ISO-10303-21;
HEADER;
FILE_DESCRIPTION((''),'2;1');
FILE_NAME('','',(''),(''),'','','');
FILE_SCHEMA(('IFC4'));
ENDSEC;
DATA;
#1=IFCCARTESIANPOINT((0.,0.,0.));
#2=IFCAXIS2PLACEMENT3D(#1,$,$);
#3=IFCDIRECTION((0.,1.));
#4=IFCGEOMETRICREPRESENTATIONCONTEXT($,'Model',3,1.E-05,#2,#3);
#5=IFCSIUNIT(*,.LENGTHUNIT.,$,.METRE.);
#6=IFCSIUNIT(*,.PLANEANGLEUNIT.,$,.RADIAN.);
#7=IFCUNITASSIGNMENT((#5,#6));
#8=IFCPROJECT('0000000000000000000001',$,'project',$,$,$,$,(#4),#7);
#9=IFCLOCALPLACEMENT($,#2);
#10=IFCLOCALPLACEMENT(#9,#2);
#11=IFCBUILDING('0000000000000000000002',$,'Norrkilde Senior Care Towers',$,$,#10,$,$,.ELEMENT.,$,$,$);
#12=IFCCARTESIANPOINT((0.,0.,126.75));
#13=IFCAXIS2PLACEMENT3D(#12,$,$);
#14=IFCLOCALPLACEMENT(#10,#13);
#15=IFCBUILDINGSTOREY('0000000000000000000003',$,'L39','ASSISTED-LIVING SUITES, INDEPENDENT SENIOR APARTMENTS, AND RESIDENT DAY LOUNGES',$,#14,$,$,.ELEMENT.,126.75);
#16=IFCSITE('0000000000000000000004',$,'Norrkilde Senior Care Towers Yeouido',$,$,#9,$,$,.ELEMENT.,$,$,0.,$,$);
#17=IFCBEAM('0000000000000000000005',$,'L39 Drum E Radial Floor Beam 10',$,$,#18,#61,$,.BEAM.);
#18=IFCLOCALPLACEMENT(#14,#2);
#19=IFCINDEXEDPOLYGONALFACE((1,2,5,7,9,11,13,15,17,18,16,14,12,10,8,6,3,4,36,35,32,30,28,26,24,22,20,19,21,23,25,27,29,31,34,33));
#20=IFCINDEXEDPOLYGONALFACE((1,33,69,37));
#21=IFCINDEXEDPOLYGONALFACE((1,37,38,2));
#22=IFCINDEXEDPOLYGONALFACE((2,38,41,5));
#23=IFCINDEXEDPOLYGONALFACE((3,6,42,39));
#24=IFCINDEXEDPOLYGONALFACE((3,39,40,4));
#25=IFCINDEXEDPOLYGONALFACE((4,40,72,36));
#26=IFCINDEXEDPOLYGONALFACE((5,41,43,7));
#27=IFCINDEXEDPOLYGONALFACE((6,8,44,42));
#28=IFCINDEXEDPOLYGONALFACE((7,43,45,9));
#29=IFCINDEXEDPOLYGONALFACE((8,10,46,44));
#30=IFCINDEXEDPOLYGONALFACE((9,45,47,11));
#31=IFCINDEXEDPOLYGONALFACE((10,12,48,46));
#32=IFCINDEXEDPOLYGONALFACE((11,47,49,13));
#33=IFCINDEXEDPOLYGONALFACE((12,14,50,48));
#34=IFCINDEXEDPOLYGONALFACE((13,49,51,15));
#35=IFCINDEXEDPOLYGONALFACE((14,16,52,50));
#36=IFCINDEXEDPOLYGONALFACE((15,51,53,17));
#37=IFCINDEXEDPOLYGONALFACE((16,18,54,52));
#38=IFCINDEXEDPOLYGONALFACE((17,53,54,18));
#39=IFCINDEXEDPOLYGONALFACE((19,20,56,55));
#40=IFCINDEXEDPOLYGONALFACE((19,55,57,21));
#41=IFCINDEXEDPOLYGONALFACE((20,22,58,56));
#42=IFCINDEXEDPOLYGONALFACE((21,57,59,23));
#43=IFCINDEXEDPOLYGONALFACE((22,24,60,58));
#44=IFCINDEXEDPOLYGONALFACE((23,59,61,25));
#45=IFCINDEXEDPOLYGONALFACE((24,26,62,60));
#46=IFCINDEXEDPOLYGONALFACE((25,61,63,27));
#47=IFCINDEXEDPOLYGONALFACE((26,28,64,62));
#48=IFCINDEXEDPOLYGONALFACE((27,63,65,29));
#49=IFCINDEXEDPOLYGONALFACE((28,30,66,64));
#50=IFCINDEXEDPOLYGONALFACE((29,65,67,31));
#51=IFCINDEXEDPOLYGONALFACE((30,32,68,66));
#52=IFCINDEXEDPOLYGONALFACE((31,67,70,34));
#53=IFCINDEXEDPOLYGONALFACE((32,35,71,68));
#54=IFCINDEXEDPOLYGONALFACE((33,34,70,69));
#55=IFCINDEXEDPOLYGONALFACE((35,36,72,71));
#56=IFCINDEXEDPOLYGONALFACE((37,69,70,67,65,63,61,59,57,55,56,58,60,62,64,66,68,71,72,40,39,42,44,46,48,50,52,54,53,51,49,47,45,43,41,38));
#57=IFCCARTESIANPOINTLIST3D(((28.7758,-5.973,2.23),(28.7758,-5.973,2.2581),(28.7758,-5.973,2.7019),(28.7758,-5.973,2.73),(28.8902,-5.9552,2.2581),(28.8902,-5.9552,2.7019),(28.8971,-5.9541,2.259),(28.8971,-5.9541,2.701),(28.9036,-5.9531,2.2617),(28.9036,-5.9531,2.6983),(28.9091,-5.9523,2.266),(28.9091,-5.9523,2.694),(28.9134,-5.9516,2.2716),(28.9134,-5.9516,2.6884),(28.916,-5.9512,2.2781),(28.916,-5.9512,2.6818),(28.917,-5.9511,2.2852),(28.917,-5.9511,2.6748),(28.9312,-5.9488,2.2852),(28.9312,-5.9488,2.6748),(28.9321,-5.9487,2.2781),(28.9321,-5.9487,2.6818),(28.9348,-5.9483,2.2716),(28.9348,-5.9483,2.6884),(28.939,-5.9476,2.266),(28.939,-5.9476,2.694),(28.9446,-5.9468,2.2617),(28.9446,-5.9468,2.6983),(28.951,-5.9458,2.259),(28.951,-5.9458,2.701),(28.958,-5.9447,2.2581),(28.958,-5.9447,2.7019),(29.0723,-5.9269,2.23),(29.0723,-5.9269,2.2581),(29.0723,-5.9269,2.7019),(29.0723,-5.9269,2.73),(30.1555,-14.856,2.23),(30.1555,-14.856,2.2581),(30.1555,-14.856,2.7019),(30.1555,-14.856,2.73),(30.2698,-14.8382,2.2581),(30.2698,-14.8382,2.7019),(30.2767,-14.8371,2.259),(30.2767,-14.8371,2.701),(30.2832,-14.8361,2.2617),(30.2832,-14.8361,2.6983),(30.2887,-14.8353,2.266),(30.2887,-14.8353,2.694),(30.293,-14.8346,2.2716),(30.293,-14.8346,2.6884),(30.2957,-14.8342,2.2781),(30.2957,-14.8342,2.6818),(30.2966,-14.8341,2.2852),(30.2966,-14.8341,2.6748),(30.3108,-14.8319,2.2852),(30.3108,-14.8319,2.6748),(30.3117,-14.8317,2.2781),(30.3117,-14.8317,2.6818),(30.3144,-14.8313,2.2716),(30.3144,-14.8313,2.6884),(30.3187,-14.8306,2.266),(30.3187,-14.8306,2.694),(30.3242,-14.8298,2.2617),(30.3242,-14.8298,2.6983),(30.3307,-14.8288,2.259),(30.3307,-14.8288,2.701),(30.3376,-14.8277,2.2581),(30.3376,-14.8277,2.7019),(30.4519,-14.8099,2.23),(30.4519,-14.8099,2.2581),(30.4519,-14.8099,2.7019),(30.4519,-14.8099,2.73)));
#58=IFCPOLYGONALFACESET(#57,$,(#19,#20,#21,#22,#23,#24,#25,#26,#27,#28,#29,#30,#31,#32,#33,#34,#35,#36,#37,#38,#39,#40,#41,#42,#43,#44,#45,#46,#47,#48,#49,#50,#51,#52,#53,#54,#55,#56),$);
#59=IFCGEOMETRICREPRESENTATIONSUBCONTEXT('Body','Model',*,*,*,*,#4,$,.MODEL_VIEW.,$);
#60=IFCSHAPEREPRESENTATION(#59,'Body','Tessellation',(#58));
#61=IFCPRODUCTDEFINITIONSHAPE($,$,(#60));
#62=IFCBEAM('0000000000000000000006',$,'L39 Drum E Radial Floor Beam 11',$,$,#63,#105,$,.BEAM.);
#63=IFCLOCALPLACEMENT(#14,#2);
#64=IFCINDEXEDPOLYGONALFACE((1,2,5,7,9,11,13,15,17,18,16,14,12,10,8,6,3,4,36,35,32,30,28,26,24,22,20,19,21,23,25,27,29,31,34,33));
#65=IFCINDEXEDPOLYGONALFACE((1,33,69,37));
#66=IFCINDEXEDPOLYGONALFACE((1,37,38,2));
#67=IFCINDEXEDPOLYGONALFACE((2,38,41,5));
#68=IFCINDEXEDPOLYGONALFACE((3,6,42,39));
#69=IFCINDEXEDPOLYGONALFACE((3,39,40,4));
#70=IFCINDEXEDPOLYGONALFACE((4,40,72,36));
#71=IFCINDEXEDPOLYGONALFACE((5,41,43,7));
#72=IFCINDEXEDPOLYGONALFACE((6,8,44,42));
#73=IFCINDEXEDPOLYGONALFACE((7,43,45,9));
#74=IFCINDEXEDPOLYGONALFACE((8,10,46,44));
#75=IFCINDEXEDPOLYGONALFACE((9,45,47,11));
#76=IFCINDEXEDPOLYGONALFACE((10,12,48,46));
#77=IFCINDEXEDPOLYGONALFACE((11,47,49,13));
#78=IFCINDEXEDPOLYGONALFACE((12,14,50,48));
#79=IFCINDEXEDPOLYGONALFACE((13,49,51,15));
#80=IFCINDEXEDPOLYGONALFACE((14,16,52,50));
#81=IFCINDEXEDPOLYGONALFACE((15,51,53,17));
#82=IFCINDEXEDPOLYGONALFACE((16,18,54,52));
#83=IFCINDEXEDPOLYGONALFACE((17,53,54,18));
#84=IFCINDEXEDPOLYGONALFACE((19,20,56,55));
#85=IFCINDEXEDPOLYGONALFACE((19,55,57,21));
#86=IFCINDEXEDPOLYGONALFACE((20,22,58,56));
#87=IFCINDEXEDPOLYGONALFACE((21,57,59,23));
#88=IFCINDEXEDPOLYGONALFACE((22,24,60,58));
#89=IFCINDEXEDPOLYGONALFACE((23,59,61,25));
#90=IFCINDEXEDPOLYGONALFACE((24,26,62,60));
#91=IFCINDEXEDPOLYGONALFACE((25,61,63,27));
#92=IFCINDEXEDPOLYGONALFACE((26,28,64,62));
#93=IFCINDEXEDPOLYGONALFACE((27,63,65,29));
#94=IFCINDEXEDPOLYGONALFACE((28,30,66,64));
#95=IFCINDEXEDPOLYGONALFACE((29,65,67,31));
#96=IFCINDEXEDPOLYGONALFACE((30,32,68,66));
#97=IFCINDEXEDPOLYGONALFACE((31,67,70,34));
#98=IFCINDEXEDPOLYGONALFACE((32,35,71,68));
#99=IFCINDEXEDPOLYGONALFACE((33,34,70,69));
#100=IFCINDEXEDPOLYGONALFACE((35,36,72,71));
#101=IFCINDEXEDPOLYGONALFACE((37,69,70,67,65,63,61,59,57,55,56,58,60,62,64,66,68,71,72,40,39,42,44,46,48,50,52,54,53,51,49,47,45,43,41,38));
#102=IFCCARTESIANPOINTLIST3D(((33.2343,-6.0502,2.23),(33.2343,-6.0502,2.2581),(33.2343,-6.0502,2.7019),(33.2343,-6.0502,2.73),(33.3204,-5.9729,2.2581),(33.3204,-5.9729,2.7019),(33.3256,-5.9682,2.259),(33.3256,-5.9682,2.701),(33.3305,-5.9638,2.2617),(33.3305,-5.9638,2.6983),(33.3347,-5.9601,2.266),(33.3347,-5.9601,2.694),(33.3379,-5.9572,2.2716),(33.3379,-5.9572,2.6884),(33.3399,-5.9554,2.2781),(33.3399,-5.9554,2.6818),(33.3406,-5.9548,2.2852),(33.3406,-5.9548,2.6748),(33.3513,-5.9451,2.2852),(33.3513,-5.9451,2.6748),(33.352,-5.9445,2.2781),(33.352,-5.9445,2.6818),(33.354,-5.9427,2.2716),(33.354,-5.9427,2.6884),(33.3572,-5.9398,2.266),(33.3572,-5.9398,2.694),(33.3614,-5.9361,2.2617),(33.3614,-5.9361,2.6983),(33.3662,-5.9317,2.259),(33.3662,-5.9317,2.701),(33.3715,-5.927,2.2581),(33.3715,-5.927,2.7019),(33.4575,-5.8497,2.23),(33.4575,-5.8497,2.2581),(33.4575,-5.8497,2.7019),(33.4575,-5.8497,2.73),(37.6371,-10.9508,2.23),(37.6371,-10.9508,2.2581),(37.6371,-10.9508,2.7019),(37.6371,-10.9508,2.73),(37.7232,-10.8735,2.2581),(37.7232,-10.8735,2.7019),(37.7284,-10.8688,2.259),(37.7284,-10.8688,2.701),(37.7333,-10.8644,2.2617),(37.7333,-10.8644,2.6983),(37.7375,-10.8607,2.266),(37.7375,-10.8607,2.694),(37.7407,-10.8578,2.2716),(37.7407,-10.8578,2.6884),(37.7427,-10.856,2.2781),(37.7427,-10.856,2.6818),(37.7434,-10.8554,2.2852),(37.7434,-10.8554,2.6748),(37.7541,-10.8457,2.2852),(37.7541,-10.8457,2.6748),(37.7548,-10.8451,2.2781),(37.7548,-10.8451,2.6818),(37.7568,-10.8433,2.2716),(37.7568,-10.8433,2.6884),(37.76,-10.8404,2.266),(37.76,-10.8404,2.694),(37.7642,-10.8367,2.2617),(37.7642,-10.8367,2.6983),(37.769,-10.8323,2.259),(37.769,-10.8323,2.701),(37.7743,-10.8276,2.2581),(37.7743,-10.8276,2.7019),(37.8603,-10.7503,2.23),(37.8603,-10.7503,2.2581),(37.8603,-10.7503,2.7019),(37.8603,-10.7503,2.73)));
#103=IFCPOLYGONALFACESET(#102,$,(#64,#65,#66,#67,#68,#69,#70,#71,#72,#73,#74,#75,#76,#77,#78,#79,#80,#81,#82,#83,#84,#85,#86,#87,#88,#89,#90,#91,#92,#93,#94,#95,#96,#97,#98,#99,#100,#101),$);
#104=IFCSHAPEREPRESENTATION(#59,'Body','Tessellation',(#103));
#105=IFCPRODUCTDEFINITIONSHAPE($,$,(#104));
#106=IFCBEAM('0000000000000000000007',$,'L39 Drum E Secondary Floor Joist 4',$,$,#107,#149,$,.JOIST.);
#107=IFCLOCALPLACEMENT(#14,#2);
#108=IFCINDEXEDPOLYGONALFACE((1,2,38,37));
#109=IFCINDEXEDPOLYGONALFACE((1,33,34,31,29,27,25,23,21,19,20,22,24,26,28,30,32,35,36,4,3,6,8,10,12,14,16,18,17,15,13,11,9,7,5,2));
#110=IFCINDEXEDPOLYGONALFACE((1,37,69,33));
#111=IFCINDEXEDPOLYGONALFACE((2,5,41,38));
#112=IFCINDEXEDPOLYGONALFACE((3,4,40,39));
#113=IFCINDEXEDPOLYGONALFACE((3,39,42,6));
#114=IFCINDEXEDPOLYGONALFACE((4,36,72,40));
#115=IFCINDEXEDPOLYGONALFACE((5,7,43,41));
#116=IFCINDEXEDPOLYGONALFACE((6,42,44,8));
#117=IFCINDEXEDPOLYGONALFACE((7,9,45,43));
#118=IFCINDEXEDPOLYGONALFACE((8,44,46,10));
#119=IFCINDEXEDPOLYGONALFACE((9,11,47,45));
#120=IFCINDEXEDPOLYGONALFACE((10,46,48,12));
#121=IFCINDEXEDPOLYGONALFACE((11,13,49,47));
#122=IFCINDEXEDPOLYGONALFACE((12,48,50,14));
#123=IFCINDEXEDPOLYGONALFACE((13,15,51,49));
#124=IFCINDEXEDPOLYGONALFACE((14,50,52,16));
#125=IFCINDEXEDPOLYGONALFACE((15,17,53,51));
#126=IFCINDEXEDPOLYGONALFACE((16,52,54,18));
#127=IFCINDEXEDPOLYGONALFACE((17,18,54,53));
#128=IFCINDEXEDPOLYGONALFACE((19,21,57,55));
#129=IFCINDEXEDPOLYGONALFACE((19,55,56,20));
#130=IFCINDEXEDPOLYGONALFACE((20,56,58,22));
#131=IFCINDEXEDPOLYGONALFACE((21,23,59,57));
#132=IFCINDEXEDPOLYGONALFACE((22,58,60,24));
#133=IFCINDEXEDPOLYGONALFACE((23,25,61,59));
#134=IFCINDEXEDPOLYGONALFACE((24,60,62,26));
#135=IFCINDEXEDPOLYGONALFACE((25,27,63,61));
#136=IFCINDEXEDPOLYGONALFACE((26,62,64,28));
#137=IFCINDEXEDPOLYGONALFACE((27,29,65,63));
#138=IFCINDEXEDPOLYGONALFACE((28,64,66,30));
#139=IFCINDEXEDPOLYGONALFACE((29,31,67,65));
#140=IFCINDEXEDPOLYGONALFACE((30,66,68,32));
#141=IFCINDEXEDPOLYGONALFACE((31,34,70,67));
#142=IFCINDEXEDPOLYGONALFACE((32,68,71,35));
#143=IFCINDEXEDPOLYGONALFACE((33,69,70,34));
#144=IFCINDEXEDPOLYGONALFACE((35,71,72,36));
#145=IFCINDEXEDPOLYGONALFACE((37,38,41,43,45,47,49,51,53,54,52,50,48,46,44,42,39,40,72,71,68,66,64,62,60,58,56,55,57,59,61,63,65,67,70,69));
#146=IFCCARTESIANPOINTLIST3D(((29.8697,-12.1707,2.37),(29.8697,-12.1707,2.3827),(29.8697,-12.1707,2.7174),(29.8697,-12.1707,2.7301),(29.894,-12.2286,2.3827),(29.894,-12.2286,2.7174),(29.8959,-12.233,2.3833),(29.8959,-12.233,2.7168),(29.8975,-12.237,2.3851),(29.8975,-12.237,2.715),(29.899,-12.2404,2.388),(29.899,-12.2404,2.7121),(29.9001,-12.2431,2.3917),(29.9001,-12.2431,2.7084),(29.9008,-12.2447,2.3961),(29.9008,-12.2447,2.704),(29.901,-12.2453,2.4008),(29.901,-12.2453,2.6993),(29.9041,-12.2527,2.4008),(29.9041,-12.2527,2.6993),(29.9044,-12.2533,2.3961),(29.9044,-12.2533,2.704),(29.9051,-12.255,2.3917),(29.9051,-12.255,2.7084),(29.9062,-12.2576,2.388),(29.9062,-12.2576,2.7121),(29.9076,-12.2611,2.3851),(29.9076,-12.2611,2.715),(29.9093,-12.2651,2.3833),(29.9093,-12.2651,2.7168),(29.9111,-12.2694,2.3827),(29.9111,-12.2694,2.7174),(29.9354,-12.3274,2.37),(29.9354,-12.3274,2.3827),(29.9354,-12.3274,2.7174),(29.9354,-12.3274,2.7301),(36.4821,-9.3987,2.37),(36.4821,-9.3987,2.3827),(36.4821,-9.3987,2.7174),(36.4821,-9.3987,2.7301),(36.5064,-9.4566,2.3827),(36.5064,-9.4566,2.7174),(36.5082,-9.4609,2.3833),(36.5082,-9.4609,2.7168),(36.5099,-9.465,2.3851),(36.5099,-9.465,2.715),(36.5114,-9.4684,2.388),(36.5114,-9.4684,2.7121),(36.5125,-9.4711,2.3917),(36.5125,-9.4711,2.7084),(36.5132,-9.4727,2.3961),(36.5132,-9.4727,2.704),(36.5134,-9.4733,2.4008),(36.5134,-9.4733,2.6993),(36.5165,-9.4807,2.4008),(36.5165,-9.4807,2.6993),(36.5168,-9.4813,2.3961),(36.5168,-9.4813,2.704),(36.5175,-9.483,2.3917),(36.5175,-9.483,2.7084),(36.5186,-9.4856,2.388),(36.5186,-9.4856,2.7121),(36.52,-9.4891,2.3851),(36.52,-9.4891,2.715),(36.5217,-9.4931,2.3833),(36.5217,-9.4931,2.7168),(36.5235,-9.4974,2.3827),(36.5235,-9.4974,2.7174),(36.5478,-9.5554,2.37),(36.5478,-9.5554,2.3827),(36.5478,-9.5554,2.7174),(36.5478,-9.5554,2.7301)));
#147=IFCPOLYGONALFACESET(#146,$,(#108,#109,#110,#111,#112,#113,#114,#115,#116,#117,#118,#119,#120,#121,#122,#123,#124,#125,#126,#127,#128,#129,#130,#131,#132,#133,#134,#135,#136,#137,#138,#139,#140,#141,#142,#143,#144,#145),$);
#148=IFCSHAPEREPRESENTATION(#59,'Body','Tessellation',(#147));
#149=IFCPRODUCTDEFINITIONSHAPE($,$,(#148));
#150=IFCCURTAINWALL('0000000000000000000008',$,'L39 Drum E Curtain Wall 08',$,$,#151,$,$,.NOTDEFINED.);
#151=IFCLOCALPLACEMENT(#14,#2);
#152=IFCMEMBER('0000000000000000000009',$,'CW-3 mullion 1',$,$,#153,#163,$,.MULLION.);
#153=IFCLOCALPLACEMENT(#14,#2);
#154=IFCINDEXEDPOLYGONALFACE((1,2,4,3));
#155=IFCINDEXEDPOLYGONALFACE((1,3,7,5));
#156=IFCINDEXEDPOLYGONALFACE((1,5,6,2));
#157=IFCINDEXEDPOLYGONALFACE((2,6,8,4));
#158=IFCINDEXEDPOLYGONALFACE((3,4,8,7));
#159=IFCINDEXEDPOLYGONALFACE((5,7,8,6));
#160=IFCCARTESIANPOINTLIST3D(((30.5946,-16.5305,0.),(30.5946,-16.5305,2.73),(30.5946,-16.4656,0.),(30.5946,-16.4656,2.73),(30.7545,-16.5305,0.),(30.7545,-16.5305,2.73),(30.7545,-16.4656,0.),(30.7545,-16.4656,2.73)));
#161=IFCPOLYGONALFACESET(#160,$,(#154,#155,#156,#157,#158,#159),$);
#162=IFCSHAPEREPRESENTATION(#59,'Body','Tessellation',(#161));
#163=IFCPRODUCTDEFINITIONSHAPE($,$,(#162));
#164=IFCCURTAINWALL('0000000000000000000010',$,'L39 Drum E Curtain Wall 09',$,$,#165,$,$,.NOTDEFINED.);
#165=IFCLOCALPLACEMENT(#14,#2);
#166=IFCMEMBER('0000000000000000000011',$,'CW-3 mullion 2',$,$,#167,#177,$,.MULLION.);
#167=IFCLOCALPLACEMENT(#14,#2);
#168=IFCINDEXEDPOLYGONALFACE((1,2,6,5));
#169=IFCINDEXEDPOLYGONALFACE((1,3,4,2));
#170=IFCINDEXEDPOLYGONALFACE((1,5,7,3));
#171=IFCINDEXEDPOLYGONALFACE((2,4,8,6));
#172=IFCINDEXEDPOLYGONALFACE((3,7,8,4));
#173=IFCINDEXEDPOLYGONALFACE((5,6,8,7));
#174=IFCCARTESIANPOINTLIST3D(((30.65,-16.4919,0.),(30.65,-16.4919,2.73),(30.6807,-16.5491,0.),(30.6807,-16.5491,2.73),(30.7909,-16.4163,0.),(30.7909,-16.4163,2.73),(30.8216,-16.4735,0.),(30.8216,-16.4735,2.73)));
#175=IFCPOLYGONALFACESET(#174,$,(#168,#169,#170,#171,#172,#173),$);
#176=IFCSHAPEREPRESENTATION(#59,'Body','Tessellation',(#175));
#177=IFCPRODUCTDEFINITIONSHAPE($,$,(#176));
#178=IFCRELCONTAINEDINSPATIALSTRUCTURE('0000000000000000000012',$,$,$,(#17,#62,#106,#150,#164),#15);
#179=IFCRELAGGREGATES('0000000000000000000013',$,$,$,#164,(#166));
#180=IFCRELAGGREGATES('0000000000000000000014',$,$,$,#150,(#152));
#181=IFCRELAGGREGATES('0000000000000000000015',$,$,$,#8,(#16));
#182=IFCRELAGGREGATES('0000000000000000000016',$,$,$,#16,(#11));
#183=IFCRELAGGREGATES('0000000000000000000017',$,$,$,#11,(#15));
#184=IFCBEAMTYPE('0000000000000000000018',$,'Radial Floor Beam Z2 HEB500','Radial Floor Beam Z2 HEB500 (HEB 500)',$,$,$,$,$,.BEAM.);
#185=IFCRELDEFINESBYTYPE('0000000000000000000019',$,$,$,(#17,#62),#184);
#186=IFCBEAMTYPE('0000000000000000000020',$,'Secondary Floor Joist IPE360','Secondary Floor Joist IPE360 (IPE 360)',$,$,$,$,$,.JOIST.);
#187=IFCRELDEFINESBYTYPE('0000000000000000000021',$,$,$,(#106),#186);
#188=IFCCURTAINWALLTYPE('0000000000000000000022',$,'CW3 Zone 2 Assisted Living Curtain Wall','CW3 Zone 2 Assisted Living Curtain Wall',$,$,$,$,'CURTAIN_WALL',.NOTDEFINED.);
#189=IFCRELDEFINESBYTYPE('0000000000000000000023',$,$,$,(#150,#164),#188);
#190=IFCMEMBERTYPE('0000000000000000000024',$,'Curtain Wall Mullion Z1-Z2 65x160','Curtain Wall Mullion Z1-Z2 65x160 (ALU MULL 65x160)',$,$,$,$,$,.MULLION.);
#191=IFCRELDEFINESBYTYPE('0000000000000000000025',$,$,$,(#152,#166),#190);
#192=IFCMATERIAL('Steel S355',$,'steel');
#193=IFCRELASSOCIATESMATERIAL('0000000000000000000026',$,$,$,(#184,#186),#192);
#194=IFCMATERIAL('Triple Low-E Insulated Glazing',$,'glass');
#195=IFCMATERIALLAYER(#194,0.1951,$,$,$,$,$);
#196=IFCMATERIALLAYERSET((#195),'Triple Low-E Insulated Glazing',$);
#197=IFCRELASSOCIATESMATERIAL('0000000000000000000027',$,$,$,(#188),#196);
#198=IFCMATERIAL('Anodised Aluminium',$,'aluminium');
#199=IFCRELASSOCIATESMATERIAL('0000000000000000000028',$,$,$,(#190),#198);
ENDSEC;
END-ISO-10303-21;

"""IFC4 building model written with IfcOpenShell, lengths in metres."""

from ifc_helpers import new_model, si_unit, direction, frame, origin, origin_2d, place, context, subcontext, project, spatial, rectangle, i_section, extrude, source, transform, mapped, material, layer, layer_set, material_profile, profile_set, type_object, type_shapes, element, aggregate, save


model = new_model("IFC4")

# Units and contexts
model_context = context("Model", 3, precision=1e-05, world=origin(), true_north=direction((0.0, 1.0)))
body_context = subcontext(model_context, "Body", "Model", "MODEL_VIEW")
ifc_project = project(units=[si_unit("LENGTHUNIT", "METRE"), si_unit("PLANEANGLEUNIT", "RADIAN")], contexts=[model_context])

# Site, building, storey
site_placement = place(None, origin())
site = spatial("IfcSite", under=ifc_project, at=site_placement, Name="Norrkilde Senior Care Towers Yeouido", CompositionType="ELEMENT", RefElevation=0.0)
building_placement = place(site_placement, origin())
building = spatial("IfcBuilding", under=site, at=building_placement, Name="Norrkilde Senior Care Towers", CompositionType="ELEMENT")
storey_placement = place(building_placement, frame((0.0, 0.0, 126.75)))
storey = spatial("IfcBuildingStorey", under=building, at=storey_placement, Name="L39", Description="ASSISTED-LIVING SUITES, INDEPENDENT SENIOR APARTMENTS, AND RESIDENT DAY LOUNGES", CompositionType="ELEMENT", Elevation=126.75)

# Beams
ifc_material_1 = material(Name="Steel S355", Category="steel")
ifc_material_profile_1 = material_profile(ifc_material_1, i_section(OverallWidth=0.3, OverallDepth=0.5, WebThickness=0.0144, FlangeThickness=0.0281, FilletRadius=0.0271, at=origin_2d()), Name="HEB 500")
ifc_profile_set_1 = profile_set([ifc_material_profile_1], Name="Steel S355")
beam_type_1 = type_object("IfcBeamType", Name="Radial Floor Beam Z2 HEB500", Description="Radial Floor Beam Z2 HEB500 (HEB 500)", PredefinedType="BEAM", material=ifc_profile_set_1)
shared_shape_1 = source(origin(), body_context, "Body", "SweptSolid", [
    extrude(i_section(OverallWidth=0.3, OverallDepth=0.5, WebThickness=0.0144, FlangeThickness=0.0281, FilletRadius=0.0271, at=origin_2d()), origin(), (0.0, 0.0, 1.0), 8.9895),
])
beam_1_placement = place(storey_placement, frame((28.9241, -5.95, 2.48), z_axis=(0.153471, -0.988153, 0.0), x_axis=(0.988153, 0.153471, 0.0)))
element("IfcBeam", 1, at=beam_1_placement, inside=storey, type_object=beam_type_1, Name="L39 Drum E Radial Floor Beam 10", PredefinedType="BEAM", context=body_context, shape_type="MappedRepresentation", body=[
    mapped(shared_shape_1, transform((0.0, 0.0, 0.0), x_axis=(1.0, 0.0, 0.0), y_axis=(0.0, 1.0, 0.0), z_axis=(0.0, 0.0, 1.0), scale=1.0)),
])
shared_shape_2 = source(origin(), body_context, "Body", "SweptSolid", [
    extrude(i_section(OverallWidth=0.3, OverallDepth=0.5, WebThickness=0.0144, FlangeThickness=0.0281, FilletRadius=0.0271, at=origin_2d()), origin(), (0.0, 0.0, 1.0), 6.5879),
])
beam_2_placement = place(storey_placement, frame((33.3459, -5.95, 2.48), z_axis=(0.668315, -0.743878, 0.0), x_axis=(0.743878, 0.668315, 0.0)))
element("IfcBeam", 2, at=beam_2_placement, inside=storey, type_object=beam_type_1, Name="L39 Drum E Radial Floor Beam 11", PredefinedType="BEAM", context=body_context, shape_type="MappedRepresentation", body=[
    mapped(shared_shape_2, transform((0.0, 0.0, 0.0), x_axis=(1.0, 0.0, 0.0), y_axis=(0.0, 1.0, 0.0), z_axis=(0.0, 0.0, 1.0), scale=1.0)),
])
ifc_material_profile_2 = material_profile(ifc_material_1, i_section(OverallWidth=0.1699, OverallDepth=0.3601, WebThickness=0.0081, FlangeThickness=0.0127, FilletRadius=0.0181, at=origin_2d()), Name="IPE 360")
ifc_profile_set_2 = profile_set([ifc_material_profile_2], Name="Steel S355")
beam_type_2 = type_object("IfcBeamType", Name="Secondary Floor Joist IPE360", Description="Secondary Floor Joist IPE360 (IPE 360)", PredefinedType="JOIST", material=ifc_profile_set_2)
shared_shape_3 = source(origin(), body_context, "Body", "SweptSolid", [
    extrude(i_section(OverallWidth=0.1699, OverallDepth=0.3601, WebThickness=0.0081, FlangeThickness=0.0127, FilletRadius=0.0181, at=origin_2d()), origin(), (0.0, 0.0, 1.0), 7.1699),
])
type_shapes(beam_type_2, [shared_shape_3])
beam_3_placement = place(storey_placement, frame((29.9026, -12.249, 2.55), z_axis=(0.922241, 0.386616, 0.0), x_axis=(-0.386616, 0.922241, 0.0)))
element("IfcBeam", 3, at=beam_3_placement, inside=storey, type_object=beam_type_2, Name="L39 Drum E Secondary Floor Joist 4", PredefinedType="JOIST", context=body_context, shape_type="MappedRepresentation", body=[
    mapped(shared_shape_3, transform((0.0, 0.0, 0.0), x_axis=(1.0, 0.0, 0.0), y_axis=(0.0, 1.0, 0.0), z_axis=(0.0, 0.0, 1.0), scale=1.0)),
])

# Curtain walls, members
ifc_material_2 = material(Name="Triple Low-E Insulated Glazing", Category="glass")
ifc_layer_1 = layer(ifc_material_2, 0.1951)
ifc_layer_set_1 = layer_set([ifc_layer_1], Name="Triple Low-E Insulated Glazing")
curtain_wall_type = type_object("IfcCurtainWallType", Name="CW3 Zone 2 Assisted Living Curtain Wall", Description="CW3 Zone 2 Assisted Living Curtain Wall", ElementType="CURTAIN_WALL", PredefinedType="NOTDEFINED", material=ifc_layer_set_1)
curtain_wall_1_placement = place(storey_placement, origin())
curtain_wall_1 = element("IfcCurtainWall", 4, at=curtain_wall_1_placement, inside=storey, type_object=curtain_wall_type, Name="L39 Drum E Curtain Wall 08", PredefinedType="NOTDEFINED")
ifc_material_3 = material(Name="Anodised Aluminium", Category="aluminium")
ifc_material_profile_3 = material_profile(ifc_material_3, rectangle(XDim=0.0649, YDim=0.1599, at=origin_2d()), Name="ALU MULL 65x160")
ifc_profile_set_3 = profile_set([ifc_material_profile_3], Name="Anodised Aluminium")
member_type_1 = type_object("IfcMemberType", Name="Curtain Wall Mullion Z1-Z2 65x160", Description="Curtain Wall Mullion Z1-Z2 65x160 (ALU MULL 65x160)", PredefinedType="MULLION", material=ifc_profile_set_3)
shared_shape_4 = source(origin(), body_context, "Body", "SweptSolid", [
    extrude(rectangle(XDim=0.0649, YDim=0.1599, at=origin_2d()), origin(), (0.0, 0.0, 1.0), 2.73),
])
type_shapes(member_type_1, [shared_shape_4])
member_1_placement = place(storey_placement, frame((30.6746, -16.498, 0.0), z_axis=(0.0, 0.0, 1.0), x_axis=(0.0, -1.0, 0.0)))
member_1 = element("IfcMember", 5, at=member_1_placement, type_object=member_type_1, Name="CW-3 mullion 1", PredefinedType="MULLION", context=body_context, shape_type="MappedRepresentation", body=[
    mapped(shared_shape_4, transform((0.0, 0.0, 0.0), x_axis=(1.0, 0.0, 0.0), y_axis=(0.0, 1.0, 0.0), z_axis=(0.0, 0.0, 1.0), scale=1.0)),
])
curtain_wall_2_placement = place(storey_placement, origin())
curtain_wall_2 = element("IfcCurtainWall", 6, at=curtain_wall_2_placement, inside=storey, type_object=curtain_wall_type, Name="L39 Drum E Curtain Wall 09", PredefinedType="NOTDEFINED")
member_2_placement = place(storey_placement, frame((30.7358, -16.4827, 0.0), z_axis=(0.0, 0.0, 1.0), x_axis=(0.472769, -0.881186, 0.0)))
member_2 = element("IfcMember", 7, at=member_2_placement, type_object=member_type_1, Name="CW-3 mullion 2", PredefinedType="MULLION", context=body_context, shape_type="MappedRepresentation", body=[
    mapped(shared_shape_4, transform((0.0, 0.0, 0.0), x_axis=(1.0, 0.0, 0.0), y_axis=(0.0, 1.0, 0.0), z_axis=(0.0, 0.0, 1.0), scale=1.0)),
])

aggregate(curtain_wall_2, [member_2])
aggregate(curtain_wall_1, [member_1])

save(model, "model.ifc")
